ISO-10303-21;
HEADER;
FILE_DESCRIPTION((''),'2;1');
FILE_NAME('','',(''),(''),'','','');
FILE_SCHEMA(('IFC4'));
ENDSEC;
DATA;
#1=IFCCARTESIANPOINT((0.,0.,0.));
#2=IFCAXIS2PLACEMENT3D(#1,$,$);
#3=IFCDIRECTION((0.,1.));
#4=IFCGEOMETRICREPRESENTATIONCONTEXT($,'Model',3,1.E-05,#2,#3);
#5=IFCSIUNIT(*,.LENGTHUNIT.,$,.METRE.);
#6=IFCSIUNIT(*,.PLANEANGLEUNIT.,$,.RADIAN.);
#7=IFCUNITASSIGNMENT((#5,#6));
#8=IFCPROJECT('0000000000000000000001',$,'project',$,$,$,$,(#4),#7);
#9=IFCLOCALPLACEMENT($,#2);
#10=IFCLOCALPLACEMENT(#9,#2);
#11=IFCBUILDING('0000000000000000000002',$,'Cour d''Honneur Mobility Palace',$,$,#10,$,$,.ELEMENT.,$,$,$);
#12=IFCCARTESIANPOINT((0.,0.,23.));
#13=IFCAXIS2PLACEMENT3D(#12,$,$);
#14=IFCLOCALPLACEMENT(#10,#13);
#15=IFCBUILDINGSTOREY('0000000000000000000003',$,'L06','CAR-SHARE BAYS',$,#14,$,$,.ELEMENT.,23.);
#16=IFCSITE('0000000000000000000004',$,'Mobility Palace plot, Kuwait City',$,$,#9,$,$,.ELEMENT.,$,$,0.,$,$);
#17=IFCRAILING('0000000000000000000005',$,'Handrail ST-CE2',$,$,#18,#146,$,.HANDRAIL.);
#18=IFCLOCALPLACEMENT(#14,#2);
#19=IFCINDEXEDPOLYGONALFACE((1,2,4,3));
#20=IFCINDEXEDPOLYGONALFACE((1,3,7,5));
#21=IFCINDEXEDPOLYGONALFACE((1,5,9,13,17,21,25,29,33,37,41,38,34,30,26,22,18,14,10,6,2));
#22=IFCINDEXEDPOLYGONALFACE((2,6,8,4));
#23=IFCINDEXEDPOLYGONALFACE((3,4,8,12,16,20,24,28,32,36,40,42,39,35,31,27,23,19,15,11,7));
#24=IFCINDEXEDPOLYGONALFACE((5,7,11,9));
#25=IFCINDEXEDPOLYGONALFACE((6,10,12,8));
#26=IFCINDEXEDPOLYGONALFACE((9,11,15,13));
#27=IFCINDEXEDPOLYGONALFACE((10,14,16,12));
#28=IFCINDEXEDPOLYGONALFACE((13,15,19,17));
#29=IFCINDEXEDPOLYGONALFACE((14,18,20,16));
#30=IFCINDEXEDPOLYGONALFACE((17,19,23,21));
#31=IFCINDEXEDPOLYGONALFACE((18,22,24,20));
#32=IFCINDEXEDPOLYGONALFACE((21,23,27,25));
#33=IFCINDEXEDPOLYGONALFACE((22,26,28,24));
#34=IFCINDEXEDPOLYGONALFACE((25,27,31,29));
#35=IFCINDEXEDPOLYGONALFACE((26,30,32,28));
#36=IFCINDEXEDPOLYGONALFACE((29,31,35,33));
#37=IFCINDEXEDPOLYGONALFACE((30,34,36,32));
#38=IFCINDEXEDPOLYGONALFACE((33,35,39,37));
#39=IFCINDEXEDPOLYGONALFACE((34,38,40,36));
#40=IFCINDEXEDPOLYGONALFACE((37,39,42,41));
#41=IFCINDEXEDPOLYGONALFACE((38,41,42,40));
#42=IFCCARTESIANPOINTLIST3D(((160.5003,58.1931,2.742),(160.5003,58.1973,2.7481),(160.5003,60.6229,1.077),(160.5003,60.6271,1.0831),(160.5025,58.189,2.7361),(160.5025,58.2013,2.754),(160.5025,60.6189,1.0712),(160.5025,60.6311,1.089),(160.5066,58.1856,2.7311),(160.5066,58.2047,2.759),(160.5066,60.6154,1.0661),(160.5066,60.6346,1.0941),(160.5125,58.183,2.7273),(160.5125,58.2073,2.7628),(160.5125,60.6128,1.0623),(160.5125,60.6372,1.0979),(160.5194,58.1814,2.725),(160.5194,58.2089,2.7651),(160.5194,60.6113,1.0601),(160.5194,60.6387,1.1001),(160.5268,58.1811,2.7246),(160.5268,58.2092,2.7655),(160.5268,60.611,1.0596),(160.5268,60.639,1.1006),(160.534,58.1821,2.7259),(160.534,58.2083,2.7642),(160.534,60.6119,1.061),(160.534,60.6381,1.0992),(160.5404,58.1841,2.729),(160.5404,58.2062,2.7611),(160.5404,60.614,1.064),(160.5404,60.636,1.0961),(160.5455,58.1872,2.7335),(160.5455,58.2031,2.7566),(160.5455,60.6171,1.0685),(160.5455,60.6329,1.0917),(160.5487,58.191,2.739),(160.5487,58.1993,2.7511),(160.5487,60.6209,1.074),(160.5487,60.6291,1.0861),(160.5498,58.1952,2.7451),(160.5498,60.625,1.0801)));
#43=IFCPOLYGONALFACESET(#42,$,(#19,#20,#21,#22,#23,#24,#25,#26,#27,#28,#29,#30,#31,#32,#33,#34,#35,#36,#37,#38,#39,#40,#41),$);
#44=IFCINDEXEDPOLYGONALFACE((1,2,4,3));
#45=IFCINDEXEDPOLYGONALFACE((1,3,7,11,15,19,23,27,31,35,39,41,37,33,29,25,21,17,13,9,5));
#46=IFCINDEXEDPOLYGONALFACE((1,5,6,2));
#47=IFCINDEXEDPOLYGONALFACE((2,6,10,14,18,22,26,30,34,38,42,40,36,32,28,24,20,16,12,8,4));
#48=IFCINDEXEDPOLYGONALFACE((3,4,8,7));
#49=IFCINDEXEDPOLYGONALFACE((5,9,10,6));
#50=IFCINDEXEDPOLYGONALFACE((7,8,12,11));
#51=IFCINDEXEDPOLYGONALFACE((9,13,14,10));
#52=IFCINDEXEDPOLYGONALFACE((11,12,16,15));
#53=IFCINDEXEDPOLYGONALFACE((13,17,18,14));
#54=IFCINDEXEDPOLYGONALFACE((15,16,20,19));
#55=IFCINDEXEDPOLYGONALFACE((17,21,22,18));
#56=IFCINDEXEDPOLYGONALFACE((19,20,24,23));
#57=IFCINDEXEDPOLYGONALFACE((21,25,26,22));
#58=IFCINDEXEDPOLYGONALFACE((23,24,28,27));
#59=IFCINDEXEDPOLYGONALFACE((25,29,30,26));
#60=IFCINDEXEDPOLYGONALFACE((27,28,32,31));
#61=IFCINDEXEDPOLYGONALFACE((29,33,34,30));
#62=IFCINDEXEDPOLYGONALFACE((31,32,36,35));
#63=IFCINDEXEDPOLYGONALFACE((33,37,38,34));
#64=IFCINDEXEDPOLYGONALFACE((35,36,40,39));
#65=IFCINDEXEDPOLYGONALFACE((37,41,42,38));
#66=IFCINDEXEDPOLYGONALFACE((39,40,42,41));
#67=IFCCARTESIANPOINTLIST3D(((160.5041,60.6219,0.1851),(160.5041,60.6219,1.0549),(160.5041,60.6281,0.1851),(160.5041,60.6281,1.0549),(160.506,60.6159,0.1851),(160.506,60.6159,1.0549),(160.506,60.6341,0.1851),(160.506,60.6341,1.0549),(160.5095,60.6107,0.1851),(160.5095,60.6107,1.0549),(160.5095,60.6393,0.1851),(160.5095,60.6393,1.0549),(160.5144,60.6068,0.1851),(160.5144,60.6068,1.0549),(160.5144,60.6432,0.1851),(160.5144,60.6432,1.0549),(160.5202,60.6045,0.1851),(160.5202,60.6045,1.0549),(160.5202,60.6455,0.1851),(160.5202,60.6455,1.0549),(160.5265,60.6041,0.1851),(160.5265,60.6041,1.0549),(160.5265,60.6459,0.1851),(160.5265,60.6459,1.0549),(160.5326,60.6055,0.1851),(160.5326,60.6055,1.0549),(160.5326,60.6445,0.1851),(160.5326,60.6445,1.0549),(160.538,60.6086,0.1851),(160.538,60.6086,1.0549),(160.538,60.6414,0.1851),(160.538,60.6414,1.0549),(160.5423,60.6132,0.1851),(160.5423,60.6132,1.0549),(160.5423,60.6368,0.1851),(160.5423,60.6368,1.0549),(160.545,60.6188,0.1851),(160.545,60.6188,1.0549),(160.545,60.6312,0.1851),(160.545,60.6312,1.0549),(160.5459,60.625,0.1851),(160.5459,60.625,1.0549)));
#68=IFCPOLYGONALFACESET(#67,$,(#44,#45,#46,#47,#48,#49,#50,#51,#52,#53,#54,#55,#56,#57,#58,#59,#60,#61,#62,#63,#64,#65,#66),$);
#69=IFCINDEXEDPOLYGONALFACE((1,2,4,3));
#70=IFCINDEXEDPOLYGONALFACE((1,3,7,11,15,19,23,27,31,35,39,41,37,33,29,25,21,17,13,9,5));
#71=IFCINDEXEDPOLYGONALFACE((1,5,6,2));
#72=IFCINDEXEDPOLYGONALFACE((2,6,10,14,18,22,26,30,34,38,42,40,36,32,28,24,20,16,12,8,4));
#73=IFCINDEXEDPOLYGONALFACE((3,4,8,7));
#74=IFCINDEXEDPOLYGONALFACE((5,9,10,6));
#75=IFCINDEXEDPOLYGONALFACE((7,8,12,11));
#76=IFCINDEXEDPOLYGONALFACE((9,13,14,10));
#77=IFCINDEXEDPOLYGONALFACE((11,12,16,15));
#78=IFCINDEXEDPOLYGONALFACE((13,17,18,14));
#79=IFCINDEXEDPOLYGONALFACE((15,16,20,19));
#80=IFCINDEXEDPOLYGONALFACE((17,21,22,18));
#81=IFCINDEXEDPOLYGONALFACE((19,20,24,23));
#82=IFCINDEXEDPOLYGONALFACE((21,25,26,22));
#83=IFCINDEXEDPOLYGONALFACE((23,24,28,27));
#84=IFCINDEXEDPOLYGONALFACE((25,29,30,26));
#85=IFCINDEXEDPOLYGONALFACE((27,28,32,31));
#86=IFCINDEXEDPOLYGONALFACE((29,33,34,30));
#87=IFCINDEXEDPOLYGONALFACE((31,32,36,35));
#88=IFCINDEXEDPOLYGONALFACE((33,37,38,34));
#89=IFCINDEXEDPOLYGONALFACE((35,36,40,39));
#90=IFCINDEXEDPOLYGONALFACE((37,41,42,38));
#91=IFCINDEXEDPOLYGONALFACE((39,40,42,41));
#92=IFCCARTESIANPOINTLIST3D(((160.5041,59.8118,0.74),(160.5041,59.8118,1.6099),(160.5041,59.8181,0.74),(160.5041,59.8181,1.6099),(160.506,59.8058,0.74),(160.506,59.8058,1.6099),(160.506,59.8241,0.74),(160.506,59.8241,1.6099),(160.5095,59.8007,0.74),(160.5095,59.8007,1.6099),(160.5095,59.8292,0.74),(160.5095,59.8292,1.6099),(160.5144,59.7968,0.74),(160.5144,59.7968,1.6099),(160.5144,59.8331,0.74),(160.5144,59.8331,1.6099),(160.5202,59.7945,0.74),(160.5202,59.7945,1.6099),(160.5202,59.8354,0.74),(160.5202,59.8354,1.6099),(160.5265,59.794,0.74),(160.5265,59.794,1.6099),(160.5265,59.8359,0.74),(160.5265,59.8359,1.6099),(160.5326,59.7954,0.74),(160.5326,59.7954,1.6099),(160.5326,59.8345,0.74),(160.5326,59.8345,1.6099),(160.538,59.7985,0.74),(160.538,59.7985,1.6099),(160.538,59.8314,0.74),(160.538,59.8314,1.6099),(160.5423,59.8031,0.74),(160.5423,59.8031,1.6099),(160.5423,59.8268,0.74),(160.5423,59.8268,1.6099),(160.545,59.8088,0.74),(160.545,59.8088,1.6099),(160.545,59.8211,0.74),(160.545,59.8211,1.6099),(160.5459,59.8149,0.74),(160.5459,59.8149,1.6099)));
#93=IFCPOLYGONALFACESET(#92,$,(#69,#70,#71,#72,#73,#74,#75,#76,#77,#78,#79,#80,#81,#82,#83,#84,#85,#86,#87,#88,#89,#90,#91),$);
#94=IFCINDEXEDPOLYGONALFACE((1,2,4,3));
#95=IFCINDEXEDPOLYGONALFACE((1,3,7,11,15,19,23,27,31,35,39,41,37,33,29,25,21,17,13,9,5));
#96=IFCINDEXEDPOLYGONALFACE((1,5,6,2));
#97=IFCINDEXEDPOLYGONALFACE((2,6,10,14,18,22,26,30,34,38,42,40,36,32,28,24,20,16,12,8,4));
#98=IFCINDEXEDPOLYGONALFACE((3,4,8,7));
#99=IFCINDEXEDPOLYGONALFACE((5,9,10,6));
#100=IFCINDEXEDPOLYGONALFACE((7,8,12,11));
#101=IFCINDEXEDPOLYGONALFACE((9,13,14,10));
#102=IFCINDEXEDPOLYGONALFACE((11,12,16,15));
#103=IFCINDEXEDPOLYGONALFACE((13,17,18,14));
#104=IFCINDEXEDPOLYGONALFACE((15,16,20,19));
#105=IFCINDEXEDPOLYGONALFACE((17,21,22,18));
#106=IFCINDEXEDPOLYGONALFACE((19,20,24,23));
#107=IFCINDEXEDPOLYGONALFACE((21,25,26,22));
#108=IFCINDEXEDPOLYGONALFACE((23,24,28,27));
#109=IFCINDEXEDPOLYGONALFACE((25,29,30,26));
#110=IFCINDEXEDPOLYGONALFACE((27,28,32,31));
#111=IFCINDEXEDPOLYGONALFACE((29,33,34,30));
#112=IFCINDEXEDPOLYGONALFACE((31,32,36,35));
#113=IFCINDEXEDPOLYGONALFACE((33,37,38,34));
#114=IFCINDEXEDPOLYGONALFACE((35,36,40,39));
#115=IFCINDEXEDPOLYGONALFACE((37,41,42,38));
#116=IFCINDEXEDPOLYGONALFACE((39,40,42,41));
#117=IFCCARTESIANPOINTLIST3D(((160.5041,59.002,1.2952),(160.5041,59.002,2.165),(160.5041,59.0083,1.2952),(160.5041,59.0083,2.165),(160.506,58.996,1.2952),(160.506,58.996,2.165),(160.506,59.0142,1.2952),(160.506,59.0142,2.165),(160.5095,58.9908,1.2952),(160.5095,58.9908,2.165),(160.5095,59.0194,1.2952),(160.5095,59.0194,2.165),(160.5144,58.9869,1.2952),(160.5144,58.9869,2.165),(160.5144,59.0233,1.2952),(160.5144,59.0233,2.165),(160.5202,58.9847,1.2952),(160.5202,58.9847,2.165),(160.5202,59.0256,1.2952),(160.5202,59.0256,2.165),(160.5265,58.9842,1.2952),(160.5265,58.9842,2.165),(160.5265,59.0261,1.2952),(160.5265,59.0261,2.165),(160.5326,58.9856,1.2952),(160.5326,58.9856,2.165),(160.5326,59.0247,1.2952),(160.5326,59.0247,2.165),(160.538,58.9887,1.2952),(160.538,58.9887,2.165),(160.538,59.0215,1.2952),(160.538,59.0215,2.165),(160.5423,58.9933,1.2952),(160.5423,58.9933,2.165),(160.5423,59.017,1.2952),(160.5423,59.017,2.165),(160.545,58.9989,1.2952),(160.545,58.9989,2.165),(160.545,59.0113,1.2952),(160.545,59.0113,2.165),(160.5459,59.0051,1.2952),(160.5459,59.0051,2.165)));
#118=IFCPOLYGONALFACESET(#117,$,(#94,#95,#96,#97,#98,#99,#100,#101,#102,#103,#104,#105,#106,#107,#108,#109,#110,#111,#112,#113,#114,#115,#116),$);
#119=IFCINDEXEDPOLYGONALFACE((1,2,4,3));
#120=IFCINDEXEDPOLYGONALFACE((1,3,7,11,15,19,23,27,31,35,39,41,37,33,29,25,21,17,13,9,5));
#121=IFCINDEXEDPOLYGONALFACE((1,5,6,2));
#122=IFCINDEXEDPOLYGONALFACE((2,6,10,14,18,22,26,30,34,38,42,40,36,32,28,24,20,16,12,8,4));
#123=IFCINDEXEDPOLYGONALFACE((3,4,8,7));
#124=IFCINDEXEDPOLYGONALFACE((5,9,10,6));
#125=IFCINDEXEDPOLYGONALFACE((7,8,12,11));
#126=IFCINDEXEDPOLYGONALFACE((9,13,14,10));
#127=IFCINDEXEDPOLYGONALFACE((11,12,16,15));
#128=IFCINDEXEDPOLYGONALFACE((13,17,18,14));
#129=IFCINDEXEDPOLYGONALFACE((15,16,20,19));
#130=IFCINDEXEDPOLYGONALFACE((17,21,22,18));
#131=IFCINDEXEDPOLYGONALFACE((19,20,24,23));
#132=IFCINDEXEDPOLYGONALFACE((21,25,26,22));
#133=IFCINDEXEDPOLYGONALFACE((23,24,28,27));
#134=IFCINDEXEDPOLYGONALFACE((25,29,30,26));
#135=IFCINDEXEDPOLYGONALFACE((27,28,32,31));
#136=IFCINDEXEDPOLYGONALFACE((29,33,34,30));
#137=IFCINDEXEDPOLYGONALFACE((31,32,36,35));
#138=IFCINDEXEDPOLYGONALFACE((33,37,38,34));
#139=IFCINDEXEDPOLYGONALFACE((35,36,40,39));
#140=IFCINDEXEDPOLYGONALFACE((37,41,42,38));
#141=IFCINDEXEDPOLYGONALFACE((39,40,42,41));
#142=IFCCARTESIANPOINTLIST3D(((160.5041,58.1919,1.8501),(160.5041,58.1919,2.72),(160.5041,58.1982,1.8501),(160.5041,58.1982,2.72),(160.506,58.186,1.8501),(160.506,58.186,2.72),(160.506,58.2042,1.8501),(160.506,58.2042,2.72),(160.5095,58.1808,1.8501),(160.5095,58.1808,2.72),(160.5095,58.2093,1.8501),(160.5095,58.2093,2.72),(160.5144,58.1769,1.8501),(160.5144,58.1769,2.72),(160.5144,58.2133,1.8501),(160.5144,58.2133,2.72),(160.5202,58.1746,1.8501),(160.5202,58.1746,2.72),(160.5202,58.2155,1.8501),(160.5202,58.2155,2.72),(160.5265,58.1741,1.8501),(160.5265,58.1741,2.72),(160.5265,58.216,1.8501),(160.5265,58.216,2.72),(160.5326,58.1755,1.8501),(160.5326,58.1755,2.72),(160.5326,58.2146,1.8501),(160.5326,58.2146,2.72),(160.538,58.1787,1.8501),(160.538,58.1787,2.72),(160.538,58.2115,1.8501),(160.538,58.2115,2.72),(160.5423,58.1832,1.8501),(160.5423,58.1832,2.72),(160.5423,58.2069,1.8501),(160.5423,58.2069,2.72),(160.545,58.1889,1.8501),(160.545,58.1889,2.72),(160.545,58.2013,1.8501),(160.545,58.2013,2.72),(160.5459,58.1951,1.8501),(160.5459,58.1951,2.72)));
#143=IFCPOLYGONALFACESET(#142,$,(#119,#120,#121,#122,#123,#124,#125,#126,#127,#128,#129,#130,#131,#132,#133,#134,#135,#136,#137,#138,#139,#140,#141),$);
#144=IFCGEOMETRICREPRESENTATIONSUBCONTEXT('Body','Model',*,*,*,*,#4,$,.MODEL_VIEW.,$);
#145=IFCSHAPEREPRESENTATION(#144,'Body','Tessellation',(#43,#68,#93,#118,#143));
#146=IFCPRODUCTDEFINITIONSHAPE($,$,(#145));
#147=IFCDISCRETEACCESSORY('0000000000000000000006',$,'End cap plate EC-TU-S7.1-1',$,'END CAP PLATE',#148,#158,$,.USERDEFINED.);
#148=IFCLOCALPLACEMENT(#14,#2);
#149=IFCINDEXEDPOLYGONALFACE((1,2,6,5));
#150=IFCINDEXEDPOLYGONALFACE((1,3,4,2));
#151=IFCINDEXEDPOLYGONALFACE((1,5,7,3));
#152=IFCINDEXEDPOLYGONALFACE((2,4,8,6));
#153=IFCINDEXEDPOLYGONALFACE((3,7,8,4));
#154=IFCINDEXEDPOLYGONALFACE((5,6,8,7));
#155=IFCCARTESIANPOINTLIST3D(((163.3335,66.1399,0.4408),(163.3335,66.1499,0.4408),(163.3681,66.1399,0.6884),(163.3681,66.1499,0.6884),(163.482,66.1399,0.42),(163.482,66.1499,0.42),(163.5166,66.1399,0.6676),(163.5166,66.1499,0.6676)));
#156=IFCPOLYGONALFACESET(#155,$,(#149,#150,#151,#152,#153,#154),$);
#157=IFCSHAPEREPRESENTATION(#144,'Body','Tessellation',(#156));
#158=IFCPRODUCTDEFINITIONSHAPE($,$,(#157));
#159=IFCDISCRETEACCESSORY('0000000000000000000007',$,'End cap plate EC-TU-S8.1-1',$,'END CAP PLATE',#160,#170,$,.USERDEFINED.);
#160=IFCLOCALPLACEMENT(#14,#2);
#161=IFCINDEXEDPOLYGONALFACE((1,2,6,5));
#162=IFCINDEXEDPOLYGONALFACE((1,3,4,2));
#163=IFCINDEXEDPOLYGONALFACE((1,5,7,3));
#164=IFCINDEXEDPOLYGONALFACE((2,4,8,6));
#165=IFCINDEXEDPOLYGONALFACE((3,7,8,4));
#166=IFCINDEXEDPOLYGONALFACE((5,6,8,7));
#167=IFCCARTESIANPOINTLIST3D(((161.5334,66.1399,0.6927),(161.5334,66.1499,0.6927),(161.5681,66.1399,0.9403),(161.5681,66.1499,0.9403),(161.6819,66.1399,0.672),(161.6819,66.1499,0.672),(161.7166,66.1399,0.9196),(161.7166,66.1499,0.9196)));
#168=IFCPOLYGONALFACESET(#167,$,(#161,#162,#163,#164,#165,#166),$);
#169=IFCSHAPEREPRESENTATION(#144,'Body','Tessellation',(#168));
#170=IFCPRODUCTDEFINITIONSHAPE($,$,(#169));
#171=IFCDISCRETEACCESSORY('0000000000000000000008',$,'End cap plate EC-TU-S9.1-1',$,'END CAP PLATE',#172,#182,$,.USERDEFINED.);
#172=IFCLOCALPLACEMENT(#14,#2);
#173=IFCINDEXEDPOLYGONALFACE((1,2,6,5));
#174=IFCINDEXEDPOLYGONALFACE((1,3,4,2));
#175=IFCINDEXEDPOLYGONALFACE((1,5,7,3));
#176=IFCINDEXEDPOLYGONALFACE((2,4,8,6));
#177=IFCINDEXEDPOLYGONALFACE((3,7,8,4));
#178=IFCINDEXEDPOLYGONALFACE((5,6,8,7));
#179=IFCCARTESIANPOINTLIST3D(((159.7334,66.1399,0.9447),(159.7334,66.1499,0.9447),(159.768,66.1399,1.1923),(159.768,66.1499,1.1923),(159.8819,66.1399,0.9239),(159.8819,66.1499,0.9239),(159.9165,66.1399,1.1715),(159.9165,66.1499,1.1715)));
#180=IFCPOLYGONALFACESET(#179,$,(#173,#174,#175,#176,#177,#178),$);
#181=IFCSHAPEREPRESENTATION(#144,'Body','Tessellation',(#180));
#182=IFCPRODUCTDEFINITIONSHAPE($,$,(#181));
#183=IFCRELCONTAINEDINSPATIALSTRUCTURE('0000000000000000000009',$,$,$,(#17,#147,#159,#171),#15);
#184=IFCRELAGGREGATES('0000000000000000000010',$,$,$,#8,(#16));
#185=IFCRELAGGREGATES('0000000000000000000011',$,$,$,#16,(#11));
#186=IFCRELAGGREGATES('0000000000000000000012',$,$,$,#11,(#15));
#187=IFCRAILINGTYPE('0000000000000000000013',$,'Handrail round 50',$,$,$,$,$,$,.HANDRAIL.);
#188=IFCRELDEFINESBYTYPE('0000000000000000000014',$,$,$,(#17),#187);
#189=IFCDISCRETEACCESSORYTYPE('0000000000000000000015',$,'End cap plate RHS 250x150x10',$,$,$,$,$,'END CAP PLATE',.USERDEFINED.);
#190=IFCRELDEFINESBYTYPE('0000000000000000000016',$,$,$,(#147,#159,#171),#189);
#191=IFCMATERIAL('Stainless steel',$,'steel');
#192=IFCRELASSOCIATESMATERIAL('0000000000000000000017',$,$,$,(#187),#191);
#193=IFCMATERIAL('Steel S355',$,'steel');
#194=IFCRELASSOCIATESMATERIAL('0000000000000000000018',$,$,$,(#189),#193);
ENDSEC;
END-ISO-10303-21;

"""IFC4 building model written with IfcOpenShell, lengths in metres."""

from ifc_helpers import new_model, si_unit, direction, frame, origin, origin_2d, place, context, subcontext, project, spatial, rectangle, circle, extrude, material, material_profile, profile_set, type_object, element, save


model = new_model("IFC4")

# Units and contexts
model_context = context("Model", 3, precision=1e-05, world=origin(), true_north=direction((0.0, 1.0)))
body_context = subcontext(model_context, "Body", "Model", "MODEL_VIEW")
ifc_project = project(units=[si_unit("LENGTHUNIT", "METRE"), si_unit("PLANEANGLEUNIT", "RADIAN")], contexts=[model_context])

# Site, building, storey
site_placement = place(None, origin())
site = spatial("IfcSite", under=ifc_project, at=site_placement, Name="Mobility Palace plot, Kuwait City", CompositionType="ELEMENT", RefElevation=0.0)
building_placement = place(site_placement, origin())
building = spatial("IfcBuilding", under=site, at=building_placement, Name="Cour d'Honneur Mobility Palace", CompositionType="ELEMENT")
storey_placement = place(building_placement, frame((0.0, 0.0, 23.0)))
storey = spatial("IfcBuildingStorey", under=building, at=storey_placement, Name="L06", Description="CAR-SHARE BAYS", CompositionType="ELEMENT", Elevation=23.0)

# Railing
ifc_material_1 = material(Name="Stainless steel", Category="steel")
railing_type = type_object("IfcRailingType", Name="Handrail round 50", PredefinedType="HANDRAIL", material=ifc_material_1)
for number, where, name in (
    (1, (160.5249, 60.625, 0.1851), "Handrail ST-CE2"),
):
    element("IfcRailing", number, at=place(storey_placement, frame(where)), inside=storey, type_object=railing_type, Name=name, PredefinedType="HANDRAIL", context=body_context, shape_type="SweptSolid", body=[
        extrude(circle(Radius=0.0249, at=origin_2d()), frame((0.0, 0.0, 0.895), z_axis=(0.0, -0.824919, 0.565251), x_axis=(1.0, 0.0, 0.0)), (0.0, 0.0, 1.0), 2.9456),
        extrude(circle(Radius=0.021, at=origin_2d()), origin(), (0.0, 0.0, 1.0), 0.8699),
        extrude(circle(Radius=0.021, at=origin_2d()), frame((0.0, -0.8101, 0.5549)), (0.0, 0.0, 1.0), 0.8699),
        extrude(circle(Radius=0.021, at=origin_2d()), frame((0.0, -1.6199, 1.1101)), (0.0, 0.0, 1.0), 0.8699),
        extrude(circle(Radius=0.021, at=origin_2d()), frame((0.0, -2.4299, 1.665)), (0.0, 0.0, 1.0), 0.8699),
    ])

# Discrete accessories
ifc_material_2 = material(Name="Steel S355", Category="steel")
ifc_material_profile_1 = material_profile(ifc_material_2, rectangle(XDim=0.1499, YDim=0.25, at=origin_2d()), Name="PL 250x150x10")
ifc_profile_set_1 = profile_set([ifc_material_profile_1], Name="Steel S355")
discrete_accessory_type = type_object("IfcDiscreteAccessoryType", Name="End cap plate RHS 250x150x10", ElementType="END CAP PLATE", PredefinedType="USERDEFINED", material=ifc_profile_set_1)
for number, where, z_axis, x_axis, name in (
    (2, (163.425, 66.1399, 0.5542), (0.0, 1.0, 0.0), (-0.99035, 0.0, 0.138591), "End cap plate EC-TU-S7.1-1"),
    (3, (161.625, 66.1399, 0.8062), (0.0, 1.0, 0.0), (-0.99035, 0.0, 0.138591), "End cap plate EC-TU-S8.1-1"),
    (4, (159.825, 66.1399, 1.0581), (0.0, 1.0, 0.0), (-0.99035, 0.0, 0.138591), "End cap plate EC-TU-S9.1-1"),
):
    element("IfcDiscreteAccessory", number, at=place(storey_placement, frame(where, z_axis=z_axis, x_axis=x_axis)), inside=storey, type_object=discrete_accessory_type, Name=name, ObjectType="END CAP PLATE", PredefinedType="USERDEFINED", context=body_context, shape_type="SweptSolid", body=[
        extrude(rectangle(XDim=0.1499, YDim=0.25, at=origin_2d()), origin(), (0.0, 0.0, 1.0), 0.01),
    ])

save(model, "model.ifc")
